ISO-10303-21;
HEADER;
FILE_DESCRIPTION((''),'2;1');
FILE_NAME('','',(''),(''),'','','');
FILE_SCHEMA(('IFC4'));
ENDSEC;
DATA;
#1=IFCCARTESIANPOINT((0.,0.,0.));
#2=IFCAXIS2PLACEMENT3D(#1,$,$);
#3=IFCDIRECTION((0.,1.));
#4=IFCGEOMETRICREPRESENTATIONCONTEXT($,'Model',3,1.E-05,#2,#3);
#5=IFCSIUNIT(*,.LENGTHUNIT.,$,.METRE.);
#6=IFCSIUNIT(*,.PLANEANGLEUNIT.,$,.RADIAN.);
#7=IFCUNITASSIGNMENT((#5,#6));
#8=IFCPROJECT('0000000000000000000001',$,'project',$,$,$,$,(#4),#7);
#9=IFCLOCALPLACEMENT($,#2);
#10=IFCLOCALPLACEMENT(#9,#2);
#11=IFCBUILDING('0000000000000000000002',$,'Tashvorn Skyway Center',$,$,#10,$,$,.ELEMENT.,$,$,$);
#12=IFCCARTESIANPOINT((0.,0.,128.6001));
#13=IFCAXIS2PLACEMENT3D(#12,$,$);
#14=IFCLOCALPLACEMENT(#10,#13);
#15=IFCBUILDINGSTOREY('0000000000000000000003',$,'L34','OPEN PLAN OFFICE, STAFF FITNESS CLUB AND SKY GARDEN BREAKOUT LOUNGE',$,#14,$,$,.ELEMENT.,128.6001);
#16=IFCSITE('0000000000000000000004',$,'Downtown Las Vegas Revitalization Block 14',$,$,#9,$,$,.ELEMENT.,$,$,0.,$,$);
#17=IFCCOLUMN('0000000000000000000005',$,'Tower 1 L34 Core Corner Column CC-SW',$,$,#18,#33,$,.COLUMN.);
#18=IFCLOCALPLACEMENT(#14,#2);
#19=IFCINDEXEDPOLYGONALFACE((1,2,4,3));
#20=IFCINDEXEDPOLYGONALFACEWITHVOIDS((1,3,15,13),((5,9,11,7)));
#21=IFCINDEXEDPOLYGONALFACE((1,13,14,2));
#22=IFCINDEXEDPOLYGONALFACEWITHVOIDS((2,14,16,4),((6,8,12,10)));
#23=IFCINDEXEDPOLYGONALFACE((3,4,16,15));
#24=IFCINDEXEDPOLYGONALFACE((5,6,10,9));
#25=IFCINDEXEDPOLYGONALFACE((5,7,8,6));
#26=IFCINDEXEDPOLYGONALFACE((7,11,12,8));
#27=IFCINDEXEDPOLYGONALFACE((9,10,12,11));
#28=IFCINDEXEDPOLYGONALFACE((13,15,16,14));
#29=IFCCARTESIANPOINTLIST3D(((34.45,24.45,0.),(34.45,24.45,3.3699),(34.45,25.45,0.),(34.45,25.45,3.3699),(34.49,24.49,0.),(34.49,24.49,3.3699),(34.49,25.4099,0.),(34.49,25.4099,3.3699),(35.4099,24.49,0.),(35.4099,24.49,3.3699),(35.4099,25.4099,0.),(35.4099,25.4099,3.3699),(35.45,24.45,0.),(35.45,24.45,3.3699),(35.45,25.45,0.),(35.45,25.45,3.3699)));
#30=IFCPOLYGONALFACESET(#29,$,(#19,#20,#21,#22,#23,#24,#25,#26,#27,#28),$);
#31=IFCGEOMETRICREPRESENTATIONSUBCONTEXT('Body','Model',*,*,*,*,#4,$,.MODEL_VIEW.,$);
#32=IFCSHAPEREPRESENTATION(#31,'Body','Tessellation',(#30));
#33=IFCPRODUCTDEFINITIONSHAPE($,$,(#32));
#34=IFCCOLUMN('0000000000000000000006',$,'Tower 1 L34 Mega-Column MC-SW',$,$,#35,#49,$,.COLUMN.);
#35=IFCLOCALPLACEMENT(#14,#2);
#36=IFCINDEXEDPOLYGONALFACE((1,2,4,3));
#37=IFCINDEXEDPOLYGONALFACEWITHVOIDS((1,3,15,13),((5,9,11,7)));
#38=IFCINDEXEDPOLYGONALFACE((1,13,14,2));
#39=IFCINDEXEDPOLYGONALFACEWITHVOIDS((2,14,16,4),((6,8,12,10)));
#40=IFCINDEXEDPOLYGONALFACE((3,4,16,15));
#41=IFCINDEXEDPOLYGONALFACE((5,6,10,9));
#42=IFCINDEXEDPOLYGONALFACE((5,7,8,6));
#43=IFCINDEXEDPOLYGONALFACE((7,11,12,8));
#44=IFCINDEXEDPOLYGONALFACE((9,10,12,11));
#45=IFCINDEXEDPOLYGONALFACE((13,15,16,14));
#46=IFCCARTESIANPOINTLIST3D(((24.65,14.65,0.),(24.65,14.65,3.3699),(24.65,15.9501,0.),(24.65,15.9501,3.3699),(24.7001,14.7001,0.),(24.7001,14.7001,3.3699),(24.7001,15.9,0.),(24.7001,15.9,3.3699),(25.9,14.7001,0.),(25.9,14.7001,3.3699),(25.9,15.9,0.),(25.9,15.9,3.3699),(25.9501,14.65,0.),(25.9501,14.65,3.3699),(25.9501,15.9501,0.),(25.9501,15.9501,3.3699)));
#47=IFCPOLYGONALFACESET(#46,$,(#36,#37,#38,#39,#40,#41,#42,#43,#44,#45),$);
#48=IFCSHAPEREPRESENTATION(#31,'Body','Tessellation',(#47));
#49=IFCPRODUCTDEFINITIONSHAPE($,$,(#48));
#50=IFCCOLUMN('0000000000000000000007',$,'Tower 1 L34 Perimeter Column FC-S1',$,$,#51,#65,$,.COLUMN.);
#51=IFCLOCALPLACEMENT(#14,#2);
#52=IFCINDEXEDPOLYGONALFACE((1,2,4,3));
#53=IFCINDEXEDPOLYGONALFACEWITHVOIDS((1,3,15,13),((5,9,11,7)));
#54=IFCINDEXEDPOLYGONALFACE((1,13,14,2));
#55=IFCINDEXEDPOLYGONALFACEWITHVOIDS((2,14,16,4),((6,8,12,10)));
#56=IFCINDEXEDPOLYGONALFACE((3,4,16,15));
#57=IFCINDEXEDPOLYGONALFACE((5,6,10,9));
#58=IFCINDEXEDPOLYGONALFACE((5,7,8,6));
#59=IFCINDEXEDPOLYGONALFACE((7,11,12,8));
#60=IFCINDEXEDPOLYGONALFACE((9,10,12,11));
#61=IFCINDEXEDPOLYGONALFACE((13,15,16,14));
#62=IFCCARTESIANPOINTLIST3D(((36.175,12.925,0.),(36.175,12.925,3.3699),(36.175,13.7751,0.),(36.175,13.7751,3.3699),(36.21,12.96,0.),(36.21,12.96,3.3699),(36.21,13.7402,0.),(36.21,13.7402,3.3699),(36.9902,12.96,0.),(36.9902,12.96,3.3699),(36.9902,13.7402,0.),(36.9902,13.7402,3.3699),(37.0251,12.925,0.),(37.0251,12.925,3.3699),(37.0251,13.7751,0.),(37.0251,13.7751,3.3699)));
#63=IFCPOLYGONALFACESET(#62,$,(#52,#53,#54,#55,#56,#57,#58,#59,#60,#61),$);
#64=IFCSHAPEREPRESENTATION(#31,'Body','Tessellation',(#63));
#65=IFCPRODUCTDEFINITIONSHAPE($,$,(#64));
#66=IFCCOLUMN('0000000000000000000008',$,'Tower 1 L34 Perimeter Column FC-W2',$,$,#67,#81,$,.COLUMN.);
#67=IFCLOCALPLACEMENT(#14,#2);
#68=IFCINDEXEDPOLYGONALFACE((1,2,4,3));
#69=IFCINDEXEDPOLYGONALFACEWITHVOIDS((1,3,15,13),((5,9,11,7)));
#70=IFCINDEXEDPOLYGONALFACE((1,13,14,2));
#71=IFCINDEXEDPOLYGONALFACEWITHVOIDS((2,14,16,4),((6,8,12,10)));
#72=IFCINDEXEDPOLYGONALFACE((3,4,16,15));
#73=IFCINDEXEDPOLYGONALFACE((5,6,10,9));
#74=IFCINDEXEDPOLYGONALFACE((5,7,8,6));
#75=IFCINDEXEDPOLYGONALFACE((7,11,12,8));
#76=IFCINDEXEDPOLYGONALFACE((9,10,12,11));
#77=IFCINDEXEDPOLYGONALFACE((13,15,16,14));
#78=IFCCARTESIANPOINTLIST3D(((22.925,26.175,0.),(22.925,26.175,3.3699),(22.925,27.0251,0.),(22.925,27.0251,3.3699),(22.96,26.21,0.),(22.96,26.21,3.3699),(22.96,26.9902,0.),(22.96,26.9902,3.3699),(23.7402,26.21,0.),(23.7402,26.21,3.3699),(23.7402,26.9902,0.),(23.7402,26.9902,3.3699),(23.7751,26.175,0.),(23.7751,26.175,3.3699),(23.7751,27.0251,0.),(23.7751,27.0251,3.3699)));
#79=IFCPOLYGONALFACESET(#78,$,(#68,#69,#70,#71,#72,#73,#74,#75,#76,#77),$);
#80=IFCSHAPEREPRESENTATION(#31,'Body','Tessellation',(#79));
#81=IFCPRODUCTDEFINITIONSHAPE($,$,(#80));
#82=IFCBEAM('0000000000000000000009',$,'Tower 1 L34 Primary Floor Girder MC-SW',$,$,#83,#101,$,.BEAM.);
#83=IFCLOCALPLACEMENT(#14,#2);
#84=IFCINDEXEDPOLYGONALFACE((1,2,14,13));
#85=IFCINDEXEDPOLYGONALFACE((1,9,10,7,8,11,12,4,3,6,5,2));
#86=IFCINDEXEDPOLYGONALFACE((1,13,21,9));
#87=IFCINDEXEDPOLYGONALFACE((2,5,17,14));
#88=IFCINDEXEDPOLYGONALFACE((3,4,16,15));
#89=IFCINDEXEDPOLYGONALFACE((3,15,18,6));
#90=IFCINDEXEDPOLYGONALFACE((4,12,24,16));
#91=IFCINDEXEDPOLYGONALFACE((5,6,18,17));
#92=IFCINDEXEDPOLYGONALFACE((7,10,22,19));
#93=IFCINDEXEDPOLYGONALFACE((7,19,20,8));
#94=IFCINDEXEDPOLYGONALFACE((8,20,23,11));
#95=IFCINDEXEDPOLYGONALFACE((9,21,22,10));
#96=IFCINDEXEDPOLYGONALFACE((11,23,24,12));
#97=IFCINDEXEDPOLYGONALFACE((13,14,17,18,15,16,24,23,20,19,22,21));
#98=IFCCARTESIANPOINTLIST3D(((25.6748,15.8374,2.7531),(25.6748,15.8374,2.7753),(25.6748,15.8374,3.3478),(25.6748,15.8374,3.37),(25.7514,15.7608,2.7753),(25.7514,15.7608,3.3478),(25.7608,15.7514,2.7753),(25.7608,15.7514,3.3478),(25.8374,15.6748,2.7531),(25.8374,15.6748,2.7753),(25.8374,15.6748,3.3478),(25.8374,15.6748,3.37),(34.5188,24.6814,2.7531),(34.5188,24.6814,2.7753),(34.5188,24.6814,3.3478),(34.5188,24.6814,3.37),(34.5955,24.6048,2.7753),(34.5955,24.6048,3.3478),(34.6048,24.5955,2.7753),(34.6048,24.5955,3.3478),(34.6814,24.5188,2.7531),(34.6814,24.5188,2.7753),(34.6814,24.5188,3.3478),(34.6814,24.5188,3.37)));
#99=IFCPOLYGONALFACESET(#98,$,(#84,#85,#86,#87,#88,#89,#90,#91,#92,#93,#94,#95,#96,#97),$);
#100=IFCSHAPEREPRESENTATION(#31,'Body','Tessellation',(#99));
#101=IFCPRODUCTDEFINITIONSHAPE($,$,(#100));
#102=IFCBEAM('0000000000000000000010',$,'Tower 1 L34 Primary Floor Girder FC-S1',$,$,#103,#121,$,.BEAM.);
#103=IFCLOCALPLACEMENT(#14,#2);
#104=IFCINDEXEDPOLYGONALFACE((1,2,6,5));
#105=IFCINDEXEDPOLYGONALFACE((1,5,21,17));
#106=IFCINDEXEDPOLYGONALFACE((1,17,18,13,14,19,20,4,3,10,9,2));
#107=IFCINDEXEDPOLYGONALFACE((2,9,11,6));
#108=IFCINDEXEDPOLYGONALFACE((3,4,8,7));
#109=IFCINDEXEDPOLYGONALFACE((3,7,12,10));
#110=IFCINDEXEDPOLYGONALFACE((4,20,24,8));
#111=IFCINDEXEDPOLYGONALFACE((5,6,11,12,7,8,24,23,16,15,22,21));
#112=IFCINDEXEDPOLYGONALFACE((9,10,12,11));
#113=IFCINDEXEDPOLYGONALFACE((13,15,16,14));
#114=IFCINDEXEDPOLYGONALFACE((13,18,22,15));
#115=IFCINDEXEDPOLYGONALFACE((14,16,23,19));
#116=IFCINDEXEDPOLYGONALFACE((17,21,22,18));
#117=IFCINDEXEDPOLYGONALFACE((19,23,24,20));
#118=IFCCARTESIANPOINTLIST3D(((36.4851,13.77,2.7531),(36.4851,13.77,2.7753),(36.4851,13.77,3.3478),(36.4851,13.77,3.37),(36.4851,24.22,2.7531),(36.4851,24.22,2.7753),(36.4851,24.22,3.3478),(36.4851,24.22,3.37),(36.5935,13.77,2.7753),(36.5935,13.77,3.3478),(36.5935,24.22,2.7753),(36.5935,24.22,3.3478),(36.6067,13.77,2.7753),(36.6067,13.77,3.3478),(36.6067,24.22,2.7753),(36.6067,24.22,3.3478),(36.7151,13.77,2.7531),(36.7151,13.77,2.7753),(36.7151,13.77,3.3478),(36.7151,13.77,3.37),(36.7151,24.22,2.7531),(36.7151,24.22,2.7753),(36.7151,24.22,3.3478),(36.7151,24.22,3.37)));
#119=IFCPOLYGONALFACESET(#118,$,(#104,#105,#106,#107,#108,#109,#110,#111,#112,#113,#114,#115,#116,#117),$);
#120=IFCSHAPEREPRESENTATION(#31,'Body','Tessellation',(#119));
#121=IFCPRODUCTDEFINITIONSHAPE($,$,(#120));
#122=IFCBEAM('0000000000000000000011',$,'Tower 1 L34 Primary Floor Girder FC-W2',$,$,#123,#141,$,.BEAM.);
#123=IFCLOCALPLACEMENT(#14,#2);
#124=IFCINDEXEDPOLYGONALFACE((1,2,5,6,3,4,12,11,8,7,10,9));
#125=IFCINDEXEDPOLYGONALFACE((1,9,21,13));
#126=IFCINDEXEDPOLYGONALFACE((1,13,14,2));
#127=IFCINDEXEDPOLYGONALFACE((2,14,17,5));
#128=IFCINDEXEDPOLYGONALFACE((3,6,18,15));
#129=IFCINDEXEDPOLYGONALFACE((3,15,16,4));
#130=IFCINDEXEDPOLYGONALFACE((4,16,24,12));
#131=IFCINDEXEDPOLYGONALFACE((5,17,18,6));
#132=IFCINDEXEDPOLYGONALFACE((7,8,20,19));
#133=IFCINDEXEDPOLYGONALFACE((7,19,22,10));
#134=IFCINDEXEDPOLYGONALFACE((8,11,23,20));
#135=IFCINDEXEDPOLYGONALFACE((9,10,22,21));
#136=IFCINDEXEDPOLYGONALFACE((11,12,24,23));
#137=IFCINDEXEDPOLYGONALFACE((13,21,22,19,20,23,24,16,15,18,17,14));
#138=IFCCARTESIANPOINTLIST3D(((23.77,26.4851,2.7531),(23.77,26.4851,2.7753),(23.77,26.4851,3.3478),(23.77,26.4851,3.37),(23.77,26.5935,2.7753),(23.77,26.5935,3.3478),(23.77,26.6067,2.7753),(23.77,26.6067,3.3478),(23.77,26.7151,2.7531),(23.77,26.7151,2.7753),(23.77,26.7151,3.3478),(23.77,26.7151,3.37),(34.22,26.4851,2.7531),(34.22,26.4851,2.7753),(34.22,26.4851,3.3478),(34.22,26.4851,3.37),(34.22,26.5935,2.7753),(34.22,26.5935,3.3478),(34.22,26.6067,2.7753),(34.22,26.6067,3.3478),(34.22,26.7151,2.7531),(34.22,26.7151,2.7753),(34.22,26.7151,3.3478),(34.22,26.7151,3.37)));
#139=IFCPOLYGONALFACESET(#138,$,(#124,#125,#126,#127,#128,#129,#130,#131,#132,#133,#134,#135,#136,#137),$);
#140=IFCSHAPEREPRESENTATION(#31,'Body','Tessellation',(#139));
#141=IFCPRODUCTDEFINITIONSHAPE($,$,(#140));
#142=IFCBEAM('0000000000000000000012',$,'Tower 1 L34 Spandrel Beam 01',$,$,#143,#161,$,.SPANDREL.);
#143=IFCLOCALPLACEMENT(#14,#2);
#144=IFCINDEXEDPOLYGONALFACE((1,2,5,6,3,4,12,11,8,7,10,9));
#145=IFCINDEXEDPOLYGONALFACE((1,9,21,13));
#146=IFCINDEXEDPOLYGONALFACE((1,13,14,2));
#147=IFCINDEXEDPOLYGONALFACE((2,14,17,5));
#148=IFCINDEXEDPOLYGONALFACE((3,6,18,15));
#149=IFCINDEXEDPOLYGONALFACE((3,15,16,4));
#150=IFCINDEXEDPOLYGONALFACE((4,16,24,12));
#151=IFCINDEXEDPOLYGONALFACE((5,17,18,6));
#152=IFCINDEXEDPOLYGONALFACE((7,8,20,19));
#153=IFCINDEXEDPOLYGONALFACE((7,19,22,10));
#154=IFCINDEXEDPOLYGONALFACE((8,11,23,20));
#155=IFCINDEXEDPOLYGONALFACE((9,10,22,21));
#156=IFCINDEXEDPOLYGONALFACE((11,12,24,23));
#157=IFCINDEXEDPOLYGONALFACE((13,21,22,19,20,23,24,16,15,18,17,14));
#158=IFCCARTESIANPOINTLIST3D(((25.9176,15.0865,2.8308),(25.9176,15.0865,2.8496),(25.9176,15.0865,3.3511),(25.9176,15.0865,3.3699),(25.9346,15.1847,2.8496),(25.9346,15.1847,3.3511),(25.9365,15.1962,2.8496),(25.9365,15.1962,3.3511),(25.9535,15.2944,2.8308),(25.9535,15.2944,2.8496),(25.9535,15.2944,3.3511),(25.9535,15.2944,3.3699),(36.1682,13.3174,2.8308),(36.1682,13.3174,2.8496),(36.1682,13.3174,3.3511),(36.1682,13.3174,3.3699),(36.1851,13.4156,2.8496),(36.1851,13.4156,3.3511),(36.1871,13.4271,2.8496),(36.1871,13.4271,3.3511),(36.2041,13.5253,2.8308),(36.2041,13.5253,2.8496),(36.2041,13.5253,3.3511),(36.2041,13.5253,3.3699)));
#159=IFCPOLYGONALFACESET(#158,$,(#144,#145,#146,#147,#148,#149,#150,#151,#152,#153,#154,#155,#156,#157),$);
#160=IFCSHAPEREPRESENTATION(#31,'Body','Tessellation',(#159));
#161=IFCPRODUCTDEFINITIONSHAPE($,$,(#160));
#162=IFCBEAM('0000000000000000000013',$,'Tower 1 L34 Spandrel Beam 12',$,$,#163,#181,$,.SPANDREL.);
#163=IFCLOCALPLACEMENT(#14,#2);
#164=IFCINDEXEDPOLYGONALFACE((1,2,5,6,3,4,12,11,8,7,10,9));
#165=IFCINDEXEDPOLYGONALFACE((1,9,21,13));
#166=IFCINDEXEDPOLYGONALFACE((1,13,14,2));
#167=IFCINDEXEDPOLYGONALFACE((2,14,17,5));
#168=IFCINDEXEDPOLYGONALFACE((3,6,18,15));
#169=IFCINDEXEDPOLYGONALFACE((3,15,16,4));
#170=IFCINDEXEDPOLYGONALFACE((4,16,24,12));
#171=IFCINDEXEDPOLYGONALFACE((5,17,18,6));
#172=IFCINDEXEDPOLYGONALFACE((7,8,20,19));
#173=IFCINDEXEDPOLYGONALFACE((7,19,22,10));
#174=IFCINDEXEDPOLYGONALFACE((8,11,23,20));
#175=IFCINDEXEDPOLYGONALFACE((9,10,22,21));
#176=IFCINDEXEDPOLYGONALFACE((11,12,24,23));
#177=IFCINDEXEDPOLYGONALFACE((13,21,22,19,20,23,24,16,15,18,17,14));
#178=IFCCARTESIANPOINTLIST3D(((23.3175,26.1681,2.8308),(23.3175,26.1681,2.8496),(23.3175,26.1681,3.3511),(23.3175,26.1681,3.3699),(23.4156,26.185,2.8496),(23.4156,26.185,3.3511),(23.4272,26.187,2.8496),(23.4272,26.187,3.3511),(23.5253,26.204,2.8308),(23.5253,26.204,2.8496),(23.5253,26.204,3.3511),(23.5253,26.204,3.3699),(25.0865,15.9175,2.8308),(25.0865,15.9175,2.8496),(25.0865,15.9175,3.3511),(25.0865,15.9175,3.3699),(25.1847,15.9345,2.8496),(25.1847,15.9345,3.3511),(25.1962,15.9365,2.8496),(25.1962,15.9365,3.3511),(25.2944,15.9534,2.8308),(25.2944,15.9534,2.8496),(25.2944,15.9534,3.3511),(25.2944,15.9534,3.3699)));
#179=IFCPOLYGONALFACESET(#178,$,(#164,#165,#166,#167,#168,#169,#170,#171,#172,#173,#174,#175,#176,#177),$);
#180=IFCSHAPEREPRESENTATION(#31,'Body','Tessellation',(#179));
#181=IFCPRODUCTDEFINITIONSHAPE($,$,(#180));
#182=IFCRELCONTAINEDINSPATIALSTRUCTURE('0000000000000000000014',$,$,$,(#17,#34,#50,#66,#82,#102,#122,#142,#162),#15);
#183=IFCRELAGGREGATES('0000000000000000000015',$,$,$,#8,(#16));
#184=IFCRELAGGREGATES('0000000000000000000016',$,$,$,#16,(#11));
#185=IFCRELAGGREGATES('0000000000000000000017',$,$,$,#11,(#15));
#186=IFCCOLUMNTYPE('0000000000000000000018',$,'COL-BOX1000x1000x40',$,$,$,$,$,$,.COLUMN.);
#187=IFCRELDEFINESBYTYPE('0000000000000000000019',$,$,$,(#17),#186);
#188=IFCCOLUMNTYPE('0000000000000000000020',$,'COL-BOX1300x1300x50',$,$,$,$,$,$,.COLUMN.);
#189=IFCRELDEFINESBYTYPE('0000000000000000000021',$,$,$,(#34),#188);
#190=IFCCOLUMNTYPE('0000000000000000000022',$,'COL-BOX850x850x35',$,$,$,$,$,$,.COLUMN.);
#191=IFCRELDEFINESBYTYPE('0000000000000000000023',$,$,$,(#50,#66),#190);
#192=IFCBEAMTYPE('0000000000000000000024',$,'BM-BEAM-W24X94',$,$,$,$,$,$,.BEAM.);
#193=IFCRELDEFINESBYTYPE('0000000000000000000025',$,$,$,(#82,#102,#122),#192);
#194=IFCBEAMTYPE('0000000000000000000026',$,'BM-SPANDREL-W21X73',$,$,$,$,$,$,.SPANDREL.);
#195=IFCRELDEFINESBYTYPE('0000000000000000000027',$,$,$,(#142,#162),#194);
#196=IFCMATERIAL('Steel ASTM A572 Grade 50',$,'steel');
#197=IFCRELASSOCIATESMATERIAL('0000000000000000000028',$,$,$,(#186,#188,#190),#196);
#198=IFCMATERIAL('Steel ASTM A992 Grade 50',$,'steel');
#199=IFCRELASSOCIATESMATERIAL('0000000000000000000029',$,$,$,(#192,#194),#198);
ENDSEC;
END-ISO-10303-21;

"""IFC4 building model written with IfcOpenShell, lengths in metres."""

from ifc_helpers import new_model, si_unit, direction, frame, origin, origin_2d, place, context, subcontext, project, spatial, hollow_rectangle, i_section, extrude, material, material_profile, profile_set, type_object, element, save


model = new_model("IFC4")

# Units and contexts
model_context = context("Model", 3, precision=1e-05, world=origin(), true_north=direction((0.0, 1.0)))
body_context = subcontext(model_context, "Body", "Model", "MODEL_VIEW")
ifc_project = project(units=[si_unit("LENGTHUNIT", "METRE"), si_unit("PLANEANGLEUNIT", "RADIAN")], contexts=[model_context])

# Site, building, storey
site_placement = place(None, origin())
site = spatial("IfcSite", under=ifc_project, at=site_placement, Name="Downtown Las Vegas Revitalization Block 14", CompositionType="ELEMENT", RefElevation=0.0)
building_placement = place(site_placement, origin())
building = spatial("IfcBuilding", under=site, at=building_placement, Name="Tashvorn Skyway Center", CompositionType="ELEMENT")
storey_placement = place(building_placement, frame((0.0, 0.0, 128.6001)))
storey = spatial("IfcBuildingStorey", under=building, at=storey_placement, Name="L34", Description="OPEN PLAN OFFICE, STAFF FITNESS CLUB AND SKY GARDEN BREAKOUT LOUNGE", CompositionType="ELEMENT", Elevation=128.6001)

# Columns
ifc_material_1 = material(Name="Steel ASTM A572 Grade 50", Category="steel")
ifc_material_profile_1 = material_profile(ifc_material_1, hollow_rectangle(XDim=1.0, YDim=1.0, WallThickness=0.04, at=origin_2d()), Name="BOX1000x1000x40")
ifc_profile_set_1 = profile_set([ifc_material_profile_1], Name="Steel ASTM A572 Grade 50")
column_type_1 = type_object("IfcColumnType", Name="COL-BOX1000x1000x40", PredefinedType="COLUMN", material=ifc_profile_set_1)
column_1_placement = place(storey_placement, frame((34.95, 24.95, 0.0), z_axis=(0.0, 0.0, 1.0), x_axis=(1.0, 0.0, 0.0)))
element("IfcColumn", 1, at=column_1_placement, inside=storey, type_object=column_type_1, Name="Tower 1 L34 Core Corner Column CC-SW", PredefinedType="COLUMN", context=body_context, shape_type="SweptSolid", body=[
    extrude(hollow_rectangle(XDim=1.0, YDim=1.0, WallThickness=0.04, at=origin_2d()), origin(), (0.0, 0.0, 1.0), 3.3699),
])
ifc_material_profile_2 = material_profile(ifc_material_1, hollow_rectangle(XDim=1.3, YDim=1.3, WallThickness=0.05, at=origin_2d()), Name="BOX1300x1300x50")
ifc_profile_set_2 = profile_set([ifc_material_profile_2], Name="Steel ASTM A572 Grade 50")
column_type_2 = type_object("IfcColumnType", Name="COL-BOX1300x1300x50", PredefinedType="COLUMN", material=ifc_profile_set_2)
column_2_placement = place(storey_placement, frame((25.3, 15.3, 0.0), z_axis=(0.0, 0.0, 1.0), x_axis=(1.0, 0.0, 0.0)))
element("IfcColumn", 2, at=column_2_placement, inside=storey, type_object=column_type_2, Name="Tower 1 L34 Mega-Column MC-SW", PredefinedType="COLUMN", context=body_context, shape_type="SweptSolid", body=[
    extrude(hollow_rectangle(XDim=1.3, YDim=1.3, WallThickness=0.05, at=origin_2d()), origin(), (0.0, 0.0, 1.0), 3.3699),
])
ifc_material_profile_3 = material_profile(ifc_material_1, hollow_rectangle(XDim=0.8501, YDim=0.8501, WallThickness=0.0349, at=origin_2d()), Name="BOX850x850x35")
ifc_profile_set_3 = profile_set([ifc_material_profile_3], Name="Steel ASTM A572 Grade 50")
column_type_3 = type_object("IfcColumnType", Name="COL-BOX850x850x35", PredefinedType="COLUMN", material=ifc_profile_set_3)
for number, where, z_axis, x_axis, name in (
    (3, (36.6001, 13.3501, 0.0), (0.0, 0.0, 1.0), (1.0, 0.0, 0.0), "Tower 1 L34 Perimeter Column FC-S1"),
    (4, (23.3501, 26.6001, 0.0), (0.0, 0.0, 1.0), (1.0, 0.0, 0.0), "Tower 1 L34 Perimeter Column FC-W2"),
):
    element("IfcColumn", number, at=place(storey_placement, frame(where, z_axis=z_axis, x_axis=x_axis)), inside=storey, type_object=column_type_3, Name=name, PredefinedType="COLUMN", context=body_context, shape_type="SweptSolid", body=[
        extrude(hollow_rectangle(XDim=0.8501, YDim=0.8501, WallThickness=0.0349, at=origin_2d()), origin(), (0.0, 0.0, 1.0), 3.3699),
    ])

# Beams
ifc_material_2 = material(Name="Steel ASTM A992 Grade 50", Category="steel")
ifc_material_profile_4 = material_profile(ifc_material_2, i_section(OverallWidth=0.23, OverallDepth=0.6169, WebThickness=0.0132, FlangeThickness=0.0222, at=origin_2d()), Name="W24X94")
ifc_profile_set_4 = profile_set([ifc_material_profile_4], Name="Steel ASTM A992 Grade 50")
beam_type_1 = type_object("IfcBeamType", Name="BM-BEAM-W24X94", PredefinedType="BEAM", material=ifc_profile_set_4)
beam_placement = place(storey_placement, frame((25.7561, 15.7561, 3.0615), z_axis=(0.707107, 0.707107, 0.0), x_axis=(-0.707107, 0.707107, 0.0)))
element("IfcBeam", 5, at=beam_placement, inside=storey, type_object=beam_type_1, Name="Tower 1 L34 Primary Floor Girder MC-SW", PredefinedType="BEAM", context=body_context, shape_type="SweptSolid", body=[
    extrude(i_section(OverallWidth=0.23, OverallDepth=0.6169, WebThickness=0.0132, FlangeThickness=0.0222, at=origin_2d()), origin(), (0.0, 0.0, 1.0), 12.5073),
])
for number, where, z_axis, x_axis, name in (
    (6, (36.6001, 13.77, 3.0615), (0.0, 1.0, 0.0), (-1.0, 0.0, 0.0), "Tower 1 L34 Primary Floor Girder FC-S1"),
    (7, (23.77, 26.6001, 3.0615), (1.0, 0.0, 0.0), (0.0, 1.0, 0.0), "Tower 1 L34 Primary Floor Girder FC-W2"),
):
    element("IfcBeam", number, at=place(storey_placement, frame(where, z_axis=z_axis, x_axis=x_axis)), inside=storey, type_object=beam_type_1, Name=name, PredefinedType="BEAM", context=body_context, shape_type="SweptSolid", body=[
        extrude(i_section(OverallWidth=0.23, OverallDepth=0.6169, WebThickness=0.0132, FlangeThickness=0.0222, at=origin_2d()), origin(), (0.0, 0.0, 1.0), 10.45),
    ])
ifc_material_profile_5 = material_profile(ifc_material_2, i_section(OverallWidth=0.2109, OverallDepth=0.5391, WebThickness=0.0117, FlangeThickness=0.0188, at=origin_2d()), Name="W21X73")
ifc_profile_set_5 = profile_set([ifc_material_profile_5], Name="Steel ASTM A992 Grade 50")
beam_type_2 = type_object("IfcBeamType", Name="BM-SPANDREL-W21X73", PredefinedType="SPANDREL", material=ifc_profile_set_5)
for number, where, z_axis, x_axis, name in (
    (8, (25.9355, 15.1904, 3.1003), (0.985432, -0.170067, 0.0), (0.170067, 0.985432, 0.0), "Tower 1 L34 Spandrel Beam 01"),
    (9, (23.4214, 26.186, 3.1003), (0.170067, -0.985432, 0.0), (0.985432, 0.170067, 0.0), "Tower 1 L34 Spandrel Beam 12"),
):
    element("IfcBeam", number, at=place(storey_placement, frame(where, z_axis=z_axis, x_axis=x_axis)), inside=storey, type_object=beam_type_2, Name=name, PredefinedType="SPANDREL", context=body_context, shape_type="SweptSolid", body=[
        extrude(i_section(OverallWidth=0.2109, OverallDepth=0.5391, WebThickness=0.0117, FlangeThickness=0.0188, at=origin_2d()), origin(), (0.0, 0.0, 1.0), 10.4021),
    ])

save(model, "model.ifc")
